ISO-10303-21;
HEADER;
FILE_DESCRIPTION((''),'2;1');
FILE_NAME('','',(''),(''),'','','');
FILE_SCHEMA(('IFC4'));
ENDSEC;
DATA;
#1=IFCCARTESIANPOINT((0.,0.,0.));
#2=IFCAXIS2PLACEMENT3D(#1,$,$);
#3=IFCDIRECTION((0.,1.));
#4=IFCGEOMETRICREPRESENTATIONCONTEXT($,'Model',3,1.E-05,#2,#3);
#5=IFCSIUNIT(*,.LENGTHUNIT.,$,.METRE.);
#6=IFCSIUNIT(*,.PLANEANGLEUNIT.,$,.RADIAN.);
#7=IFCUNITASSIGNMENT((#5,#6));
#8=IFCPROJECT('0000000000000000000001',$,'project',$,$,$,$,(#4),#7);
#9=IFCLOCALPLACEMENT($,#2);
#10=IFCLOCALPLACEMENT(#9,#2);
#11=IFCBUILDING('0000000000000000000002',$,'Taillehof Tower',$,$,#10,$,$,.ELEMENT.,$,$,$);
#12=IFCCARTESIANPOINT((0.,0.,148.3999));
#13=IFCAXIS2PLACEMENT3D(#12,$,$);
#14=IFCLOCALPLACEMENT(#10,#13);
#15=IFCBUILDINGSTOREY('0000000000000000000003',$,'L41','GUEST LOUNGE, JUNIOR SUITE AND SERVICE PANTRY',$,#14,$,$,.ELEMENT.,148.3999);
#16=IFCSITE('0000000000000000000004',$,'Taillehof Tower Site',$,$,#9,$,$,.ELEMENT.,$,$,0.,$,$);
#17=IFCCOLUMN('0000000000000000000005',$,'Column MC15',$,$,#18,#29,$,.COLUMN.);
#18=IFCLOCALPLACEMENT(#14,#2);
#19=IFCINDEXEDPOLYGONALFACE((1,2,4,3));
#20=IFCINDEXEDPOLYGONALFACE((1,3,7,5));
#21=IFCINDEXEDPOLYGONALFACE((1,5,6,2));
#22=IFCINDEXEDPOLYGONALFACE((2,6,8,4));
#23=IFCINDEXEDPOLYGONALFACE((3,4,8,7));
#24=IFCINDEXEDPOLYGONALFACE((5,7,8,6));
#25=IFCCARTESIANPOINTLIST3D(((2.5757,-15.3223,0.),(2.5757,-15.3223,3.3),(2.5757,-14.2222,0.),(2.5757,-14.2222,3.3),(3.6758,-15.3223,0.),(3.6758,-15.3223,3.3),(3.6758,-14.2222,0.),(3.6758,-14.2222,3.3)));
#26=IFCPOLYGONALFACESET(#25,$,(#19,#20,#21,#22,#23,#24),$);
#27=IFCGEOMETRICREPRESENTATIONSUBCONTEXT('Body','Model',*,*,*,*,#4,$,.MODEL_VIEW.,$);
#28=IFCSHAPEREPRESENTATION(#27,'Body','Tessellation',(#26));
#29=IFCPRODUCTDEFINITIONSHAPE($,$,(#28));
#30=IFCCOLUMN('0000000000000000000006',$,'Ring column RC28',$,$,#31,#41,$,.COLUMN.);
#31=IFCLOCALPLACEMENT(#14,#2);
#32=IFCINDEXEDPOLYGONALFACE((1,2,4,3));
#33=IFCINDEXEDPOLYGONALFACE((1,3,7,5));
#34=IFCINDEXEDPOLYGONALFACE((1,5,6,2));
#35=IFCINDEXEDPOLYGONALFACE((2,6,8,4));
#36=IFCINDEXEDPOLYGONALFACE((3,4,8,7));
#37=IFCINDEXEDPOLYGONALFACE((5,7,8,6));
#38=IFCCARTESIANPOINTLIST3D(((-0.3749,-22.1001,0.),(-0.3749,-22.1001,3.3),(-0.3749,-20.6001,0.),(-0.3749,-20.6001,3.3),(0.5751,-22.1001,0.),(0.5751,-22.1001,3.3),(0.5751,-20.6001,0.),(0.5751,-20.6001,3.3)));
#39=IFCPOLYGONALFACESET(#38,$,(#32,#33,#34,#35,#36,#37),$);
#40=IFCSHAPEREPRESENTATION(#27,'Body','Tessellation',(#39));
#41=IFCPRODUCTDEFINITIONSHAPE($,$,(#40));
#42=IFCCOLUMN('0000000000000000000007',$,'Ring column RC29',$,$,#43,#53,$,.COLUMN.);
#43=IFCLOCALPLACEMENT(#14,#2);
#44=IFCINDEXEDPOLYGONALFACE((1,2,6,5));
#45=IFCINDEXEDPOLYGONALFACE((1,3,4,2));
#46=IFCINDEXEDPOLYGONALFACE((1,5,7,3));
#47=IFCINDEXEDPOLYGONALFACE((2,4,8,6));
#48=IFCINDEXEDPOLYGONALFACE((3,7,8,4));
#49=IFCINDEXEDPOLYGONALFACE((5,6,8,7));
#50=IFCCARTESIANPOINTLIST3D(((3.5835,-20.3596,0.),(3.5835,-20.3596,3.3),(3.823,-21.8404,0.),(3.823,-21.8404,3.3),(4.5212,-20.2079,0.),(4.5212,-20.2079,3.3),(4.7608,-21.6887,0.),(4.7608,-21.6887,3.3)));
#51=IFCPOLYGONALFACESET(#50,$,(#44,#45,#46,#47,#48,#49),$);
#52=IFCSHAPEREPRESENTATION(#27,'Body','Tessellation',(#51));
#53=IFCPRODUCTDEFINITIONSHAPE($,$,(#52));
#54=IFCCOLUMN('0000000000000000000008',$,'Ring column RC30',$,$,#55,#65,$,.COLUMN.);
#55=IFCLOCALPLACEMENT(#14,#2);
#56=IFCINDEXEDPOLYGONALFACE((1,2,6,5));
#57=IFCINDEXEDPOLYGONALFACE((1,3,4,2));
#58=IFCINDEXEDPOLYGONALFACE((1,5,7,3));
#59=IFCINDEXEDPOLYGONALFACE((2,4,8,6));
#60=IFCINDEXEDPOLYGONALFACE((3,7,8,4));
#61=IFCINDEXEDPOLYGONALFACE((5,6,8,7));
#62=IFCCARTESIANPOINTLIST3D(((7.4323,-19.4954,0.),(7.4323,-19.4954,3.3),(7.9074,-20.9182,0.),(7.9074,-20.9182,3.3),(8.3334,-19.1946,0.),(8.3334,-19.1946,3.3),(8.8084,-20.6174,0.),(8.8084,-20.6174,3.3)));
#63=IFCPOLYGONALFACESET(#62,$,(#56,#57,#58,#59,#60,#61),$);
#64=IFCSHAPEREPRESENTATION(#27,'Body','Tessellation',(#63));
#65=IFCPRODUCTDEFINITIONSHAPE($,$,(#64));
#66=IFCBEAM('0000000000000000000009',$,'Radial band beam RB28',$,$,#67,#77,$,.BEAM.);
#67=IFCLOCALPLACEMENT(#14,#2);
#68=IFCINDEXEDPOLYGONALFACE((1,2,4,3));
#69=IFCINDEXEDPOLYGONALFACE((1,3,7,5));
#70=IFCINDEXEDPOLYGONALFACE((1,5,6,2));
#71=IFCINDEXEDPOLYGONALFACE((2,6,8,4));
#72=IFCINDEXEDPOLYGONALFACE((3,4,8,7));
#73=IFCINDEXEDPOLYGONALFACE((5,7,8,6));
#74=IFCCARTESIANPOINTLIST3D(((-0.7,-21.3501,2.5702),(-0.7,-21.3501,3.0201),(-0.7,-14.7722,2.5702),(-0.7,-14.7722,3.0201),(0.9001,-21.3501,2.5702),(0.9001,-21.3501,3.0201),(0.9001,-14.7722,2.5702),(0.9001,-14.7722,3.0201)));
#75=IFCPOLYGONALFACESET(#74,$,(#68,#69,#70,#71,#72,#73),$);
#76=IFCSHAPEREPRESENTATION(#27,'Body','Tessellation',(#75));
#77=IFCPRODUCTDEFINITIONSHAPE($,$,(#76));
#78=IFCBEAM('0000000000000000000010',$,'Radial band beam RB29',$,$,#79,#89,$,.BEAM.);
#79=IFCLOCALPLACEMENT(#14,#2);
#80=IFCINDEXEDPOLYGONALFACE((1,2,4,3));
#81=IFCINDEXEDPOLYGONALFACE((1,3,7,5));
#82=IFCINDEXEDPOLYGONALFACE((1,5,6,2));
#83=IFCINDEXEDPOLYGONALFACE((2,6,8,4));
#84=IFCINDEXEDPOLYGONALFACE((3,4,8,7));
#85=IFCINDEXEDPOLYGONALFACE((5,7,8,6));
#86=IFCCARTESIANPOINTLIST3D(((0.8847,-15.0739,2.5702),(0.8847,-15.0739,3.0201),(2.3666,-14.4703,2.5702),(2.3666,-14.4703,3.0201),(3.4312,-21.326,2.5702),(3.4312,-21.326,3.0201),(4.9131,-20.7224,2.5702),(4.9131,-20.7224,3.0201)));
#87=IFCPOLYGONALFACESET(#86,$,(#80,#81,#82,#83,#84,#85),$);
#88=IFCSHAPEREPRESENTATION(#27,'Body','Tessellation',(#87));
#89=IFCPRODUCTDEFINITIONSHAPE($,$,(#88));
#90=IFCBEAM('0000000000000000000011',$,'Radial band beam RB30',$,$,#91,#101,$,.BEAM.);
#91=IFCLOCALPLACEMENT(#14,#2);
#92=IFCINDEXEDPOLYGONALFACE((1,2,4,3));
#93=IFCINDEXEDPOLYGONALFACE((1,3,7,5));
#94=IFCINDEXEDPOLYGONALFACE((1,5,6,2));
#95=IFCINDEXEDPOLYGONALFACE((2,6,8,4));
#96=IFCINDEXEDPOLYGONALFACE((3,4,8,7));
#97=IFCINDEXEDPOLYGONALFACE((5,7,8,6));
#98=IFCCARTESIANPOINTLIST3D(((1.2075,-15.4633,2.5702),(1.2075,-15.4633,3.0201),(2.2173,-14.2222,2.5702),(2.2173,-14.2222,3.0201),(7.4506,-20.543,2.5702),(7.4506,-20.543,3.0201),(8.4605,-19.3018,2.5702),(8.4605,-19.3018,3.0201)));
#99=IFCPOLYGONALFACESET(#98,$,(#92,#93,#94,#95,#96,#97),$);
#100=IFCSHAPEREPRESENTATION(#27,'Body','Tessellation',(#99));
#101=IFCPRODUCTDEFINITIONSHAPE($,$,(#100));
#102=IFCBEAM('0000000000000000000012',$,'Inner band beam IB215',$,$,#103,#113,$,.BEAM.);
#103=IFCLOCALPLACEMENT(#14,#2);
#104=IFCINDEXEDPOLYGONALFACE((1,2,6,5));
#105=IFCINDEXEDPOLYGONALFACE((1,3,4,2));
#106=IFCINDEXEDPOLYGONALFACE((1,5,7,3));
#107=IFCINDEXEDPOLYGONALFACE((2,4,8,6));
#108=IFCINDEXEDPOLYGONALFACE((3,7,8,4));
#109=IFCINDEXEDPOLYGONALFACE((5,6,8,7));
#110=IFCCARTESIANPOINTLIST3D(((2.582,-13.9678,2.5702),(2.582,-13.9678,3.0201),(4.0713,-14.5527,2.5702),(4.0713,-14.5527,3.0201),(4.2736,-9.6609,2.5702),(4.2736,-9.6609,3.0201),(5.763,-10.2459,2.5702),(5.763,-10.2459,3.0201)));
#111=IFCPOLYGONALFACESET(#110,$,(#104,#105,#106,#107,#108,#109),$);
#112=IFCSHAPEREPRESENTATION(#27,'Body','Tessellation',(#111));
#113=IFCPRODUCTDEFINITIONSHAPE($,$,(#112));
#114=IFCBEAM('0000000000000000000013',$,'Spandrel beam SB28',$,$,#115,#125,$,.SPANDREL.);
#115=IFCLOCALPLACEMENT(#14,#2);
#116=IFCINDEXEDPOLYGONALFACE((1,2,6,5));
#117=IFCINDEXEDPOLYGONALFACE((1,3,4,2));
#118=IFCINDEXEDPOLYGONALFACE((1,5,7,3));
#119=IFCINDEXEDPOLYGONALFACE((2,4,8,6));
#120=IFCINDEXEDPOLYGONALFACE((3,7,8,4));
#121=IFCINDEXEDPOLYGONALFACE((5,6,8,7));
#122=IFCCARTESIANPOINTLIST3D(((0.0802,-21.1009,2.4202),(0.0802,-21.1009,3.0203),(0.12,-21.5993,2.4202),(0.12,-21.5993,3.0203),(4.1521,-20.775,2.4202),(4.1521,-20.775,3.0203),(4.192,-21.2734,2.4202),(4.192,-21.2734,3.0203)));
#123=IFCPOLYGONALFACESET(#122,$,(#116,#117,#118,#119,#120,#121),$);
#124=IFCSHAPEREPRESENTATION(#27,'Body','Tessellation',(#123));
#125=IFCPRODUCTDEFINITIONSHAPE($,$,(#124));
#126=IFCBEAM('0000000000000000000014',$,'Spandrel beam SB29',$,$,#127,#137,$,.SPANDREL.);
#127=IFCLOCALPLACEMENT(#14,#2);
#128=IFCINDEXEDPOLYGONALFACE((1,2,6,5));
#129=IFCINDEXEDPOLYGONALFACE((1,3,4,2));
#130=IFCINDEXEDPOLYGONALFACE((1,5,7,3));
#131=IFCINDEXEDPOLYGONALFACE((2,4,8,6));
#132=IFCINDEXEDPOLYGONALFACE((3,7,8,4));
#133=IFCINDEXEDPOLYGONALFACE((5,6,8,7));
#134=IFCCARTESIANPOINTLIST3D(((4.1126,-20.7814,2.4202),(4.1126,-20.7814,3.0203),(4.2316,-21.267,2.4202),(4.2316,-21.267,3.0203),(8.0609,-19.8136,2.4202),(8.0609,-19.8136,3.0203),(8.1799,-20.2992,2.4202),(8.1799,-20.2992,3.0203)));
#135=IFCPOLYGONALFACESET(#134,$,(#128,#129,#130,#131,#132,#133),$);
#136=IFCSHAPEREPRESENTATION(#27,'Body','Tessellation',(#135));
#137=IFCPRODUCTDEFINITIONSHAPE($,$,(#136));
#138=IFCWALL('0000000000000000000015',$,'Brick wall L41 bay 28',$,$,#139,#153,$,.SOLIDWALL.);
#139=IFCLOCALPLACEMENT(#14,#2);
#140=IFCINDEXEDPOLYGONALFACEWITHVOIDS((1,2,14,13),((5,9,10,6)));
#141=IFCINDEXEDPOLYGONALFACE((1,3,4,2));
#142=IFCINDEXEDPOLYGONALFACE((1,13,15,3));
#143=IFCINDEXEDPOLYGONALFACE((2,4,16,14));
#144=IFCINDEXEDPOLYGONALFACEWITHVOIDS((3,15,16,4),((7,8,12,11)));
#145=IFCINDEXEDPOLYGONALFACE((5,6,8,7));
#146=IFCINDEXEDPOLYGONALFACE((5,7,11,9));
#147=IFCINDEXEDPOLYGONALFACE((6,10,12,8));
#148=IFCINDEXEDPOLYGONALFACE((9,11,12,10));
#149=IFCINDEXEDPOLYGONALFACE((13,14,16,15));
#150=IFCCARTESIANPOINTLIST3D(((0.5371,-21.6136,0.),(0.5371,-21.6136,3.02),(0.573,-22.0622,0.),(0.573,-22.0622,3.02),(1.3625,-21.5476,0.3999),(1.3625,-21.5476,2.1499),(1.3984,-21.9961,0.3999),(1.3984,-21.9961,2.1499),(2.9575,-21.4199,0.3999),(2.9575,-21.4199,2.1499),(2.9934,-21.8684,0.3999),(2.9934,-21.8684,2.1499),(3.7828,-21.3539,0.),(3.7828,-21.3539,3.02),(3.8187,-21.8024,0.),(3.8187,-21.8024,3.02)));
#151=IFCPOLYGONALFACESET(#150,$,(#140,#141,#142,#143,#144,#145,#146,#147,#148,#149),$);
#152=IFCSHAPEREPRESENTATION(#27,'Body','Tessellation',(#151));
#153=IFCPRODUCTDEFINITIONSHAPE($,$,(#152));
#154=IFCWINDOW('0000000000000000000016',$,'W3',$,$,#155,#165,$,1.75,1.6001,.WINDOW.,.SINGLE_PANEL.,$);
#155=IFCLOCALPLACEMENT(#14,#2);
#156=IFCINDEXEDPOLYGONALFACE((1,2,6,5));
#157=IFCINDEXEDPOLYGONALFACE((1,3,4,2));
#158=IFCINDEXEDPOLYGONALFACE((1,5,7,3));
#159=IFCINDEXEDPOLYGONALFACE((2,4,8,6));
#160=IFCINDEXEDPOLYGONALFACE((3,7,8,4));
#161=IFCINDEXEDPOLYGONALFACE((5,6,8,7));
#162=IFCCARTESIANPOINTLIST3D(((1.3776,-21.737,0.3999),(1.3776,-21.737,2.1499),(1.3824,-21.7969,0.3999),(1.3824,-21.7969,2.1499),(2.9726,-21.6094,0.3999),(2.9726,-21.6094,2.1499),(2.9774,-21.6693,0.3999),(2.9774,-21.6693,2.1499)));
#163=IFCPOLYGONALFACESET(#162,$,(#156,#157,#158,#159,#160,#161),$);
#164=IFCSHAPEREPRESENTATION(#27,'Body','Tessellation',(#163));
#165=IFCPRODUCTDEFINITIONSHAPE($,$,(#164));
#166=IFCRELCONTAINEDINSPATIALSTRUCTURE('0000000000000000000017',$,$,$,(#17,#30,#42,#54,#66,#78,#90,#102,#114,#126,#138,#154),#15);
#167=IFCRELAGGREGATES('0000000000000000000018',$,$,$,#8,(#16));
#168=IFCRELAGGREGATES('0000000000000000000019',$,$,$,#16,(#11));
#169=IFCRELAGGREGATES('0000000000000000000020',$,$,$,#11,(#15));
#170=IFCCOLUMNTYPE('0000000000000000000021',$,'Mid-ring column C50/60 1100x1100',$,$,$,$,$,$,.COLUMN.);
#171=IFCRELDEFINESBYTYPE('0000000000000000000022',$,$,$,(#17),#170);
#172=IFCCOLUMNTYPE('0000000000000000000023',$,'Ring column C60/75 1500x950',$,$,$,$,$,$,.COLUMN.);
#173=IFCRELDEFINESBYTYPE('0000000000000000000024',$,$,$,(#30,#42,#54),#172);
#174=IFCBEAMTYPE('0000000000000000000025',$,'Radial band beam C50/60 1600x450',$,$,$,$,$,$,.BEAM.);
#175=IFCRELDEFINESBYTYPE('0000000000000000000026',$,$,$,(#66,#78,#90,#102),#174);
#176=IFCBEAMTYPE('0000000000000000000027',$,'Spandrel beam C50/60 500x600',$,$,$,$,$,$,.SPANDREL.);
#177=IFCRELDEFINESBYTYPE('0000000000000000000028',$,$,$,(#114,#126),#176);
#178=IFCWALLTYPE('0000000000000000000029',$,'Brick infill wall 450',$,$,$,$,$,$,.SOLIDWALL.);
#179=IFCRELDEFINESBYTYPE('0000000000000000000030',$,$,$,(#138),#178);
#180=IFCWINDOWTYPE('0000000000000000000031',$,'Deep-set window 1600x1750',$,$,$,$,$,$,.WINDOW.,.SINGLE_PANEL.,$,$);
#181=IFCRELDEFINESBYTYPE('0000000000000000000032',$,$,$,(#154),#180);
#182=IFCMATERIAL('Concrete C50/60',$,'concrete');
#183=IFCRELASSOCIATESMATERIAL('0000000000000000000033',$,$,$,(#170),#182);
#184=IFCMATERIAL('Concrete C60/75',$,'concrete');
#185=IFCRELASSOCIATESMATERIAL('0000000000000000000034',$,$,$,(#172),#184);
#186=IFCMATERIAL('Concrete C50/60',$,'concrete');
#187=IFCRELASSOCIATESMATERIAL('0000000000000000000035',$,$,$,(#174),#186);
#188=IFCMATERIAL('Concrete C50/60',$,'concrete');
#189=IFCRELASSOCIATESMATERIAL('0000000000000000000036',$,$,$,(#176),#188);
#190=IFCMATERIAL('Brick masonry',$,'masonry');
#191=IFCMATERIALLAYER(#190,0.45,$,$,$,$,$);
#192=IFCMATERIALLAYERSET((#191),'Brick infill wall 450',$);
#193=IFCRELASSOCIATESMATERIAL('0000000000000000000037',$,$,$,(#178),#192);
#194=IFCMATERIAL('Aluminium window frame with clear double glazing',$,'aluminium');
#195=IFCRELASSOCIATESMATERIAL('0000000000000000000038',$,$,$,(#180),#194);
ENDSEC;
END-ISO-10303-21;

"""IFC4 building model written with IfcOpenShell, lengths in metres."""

from ifc_helpers import new_model, si_unit, direction, frame, frame_2d, origin, origin_2d, place, context, subcontext, project, spatial, rectangle, extrude, material, layer, layer_set, material_profile, profile_set, type_object, element, fill, save


model = new_model("IFC4")

# Units and contexts
model_context = context("Model", 3, precision=1e-05, world=origin(), true_north=direction((0.0, 1.0)))
body_context = subcontext(model_context, "Body", "Model", "MODEL_VIEW")
ifc_project = project(units=[si_unit("LENGTHUNIT", "METRE"), si_unit("PLANEANGLEUNIT", "RADIAN")], contexts=[model_context])

# Site, building, storey
site_placement = place(None, origin())
site = spatial("IfcSite", under=ifc_project, at=site_placement, Name="Taillehof Tower Site", CompositionType="ELEMENT", RefElevation=0.0)
building_placement = place(site_placement, origin())
building = spatial("IfcBuilding", under=site, at=building_placement, Name="Taillehof Tower", CompositionType="ELEMENT")
storey_placement = place(building_placement, frame((0.0, 0.0, 148.3999)))
storey = spatial("IfcBuildingStorey", under=building, at=storey_placement, Name="L41", Description="GUEST LOUNGE, JUNIOR SUITE AND SERVICE PANTRY", CompositionType="ELEMENT", Elevation=148.3999)

# Columns
ifc_material_1 = material(Name="Concrete C50/60", Category="concrete")
ifc_material_profile_1 = material_profile(ifc_material_1, rectangle(XDim=1.1001, YDim=1.1001, at=origin_2d()), Name="RC 1100x1100")
ifc_profile_set_1 = profile_set([ifc_material_profile_1], Name="Concrete C50/60")
column_type_1 = type_object("IfcColumnType", Name="Mid-ring column C50/60 1100x1100", PredefinedType="COLUMN", material=ifc_profile_set_1)
column_placement = place(storey_placement, frame((3.1257, -14.7722, 0.0), z_axis=(0.0, 0.0, 1.0), x_axis=(1.0, 0.0, 0.0)))
element("IfcColumn", 1, at=column_placement, inside=storey, type_object=column_type_1, Name="Column MC15", PredefinedType="COLUMN", context=body_context, shape_type="SweptSolid", body=[
    extrude(rectangle(XDim=1.1001, YDim=1.1001, at=origin_2d()), origin(), (0.0, 0.0, 1.0), 3.3),
])
ifc_material_2 = material(Name="Concrete C60/75", Category="concrete")
ifc_material_profile_2 = material_profile(ifc_material_2, rectangle(XDim=1.5, YDim=0.95, at=origin_2d()), Name="RC 1500x950")
ifc_profile_set_2 = profile_set([ifc_material_profile_2], Name="Concrete C60/75")
column_type_2 = type_object("IfcColumnType", Name="Ring column C60/75 1500x950", PredefinedType="COLUMN", material=ifc_profile_set_2)
for number, where, z_axis, x_axis, name in (
    (2, (0.1001, -21.3501, 0.0), (0.0, 0.0, 1.0), (0.0, -1.0, 0.0), "Ring column RC28"),
    (3, (4.1721, -21.0242, 0.0), (0.0, 0.0, 1.0), (0.159679, -0.987169, 0.0), "Ring column RC29"),
    (4, (8.1204, -20.0564, 0.0), (0.0, 0.0, 1.0), (0.316703, -0.948525, 0.0), "Ring column RC30"),
):
    element("IfcColumn", number, at=place(storey_placement, frame(where, z_axis=z_axis, x_axis=x_axis)), inside=storey, type_object=column_type_2, Name=name, PredefinedType="COLUMN", context=body_context, shape_type="SweptSolid", body=[
        extrude(rectangle(XDim=1.5, YDim=0.95, at=origin_2d()), origin(), (0.0, 0.0, 1.0), 3.3),
    ])

# Beams
ifc_material_3 = material(Name="Concrete C50/60", Category="concrete")
ifc_material_profile_3 = material_profile(ifc_material_3, rectangle(XDim=1.6001, YDim=0.45, at=origin_2d()), Name="RC 1600x450")
ifc_profile_set_3 = profile_set([ifc_material_profile_3], Name="Concrete C50/60")
beam_type_1 = type_object("IfcBeamType", Name="Radial band beam C50/60 1600x450", PredefinedType="BEAM", material=ifc_profile_set_3)
beam_1_placement = place(storey_placement, frame((0.1001, -21.3501, 2.7952), z_axis=(0.0, 1.0, 0.0), x_axis=(-1.0, 0.0, 0.0)))
element("IfcBeam", 5, at=beam_1_placement, inside=storey, type_object=beam_type_1, Name="Radial band beam RB28", PredefinedType="BEAM", context=body_context, shape_type="SweptSolid", body=[
    extrude(rectangle(XDim=1.6001, YDim=0.45, at=origin_2d()), origin(), (0.0, 0.0, 1.0), 6.5779),
])
beam_2_placement = place(storey_placement, frame((4.1721, -21.0242, 2.7952), z_axis=(-0.377207, 0.926129, 0.0), x_axis=(-0.926129, -0.377207, 0.0)))
element("IfcBeam", 6, at=beam_2_placement, inside=storey, type_object=beam_type_1, Name="Radial band beam RB29", PredefinedType="BEAM", context=body_context, shape_type="SweptSolid", body=[
    extrude(rectangle(XDim=1.6001, YDim=0.45, at=origin_2d()), origin(), (0.0, 0.0, 1.0), 6.7507),
])
beam_3_placement = place(storey_placement, frame((7.9556, -19.9224, 2.7952), z_axis=(-0.775687, 0.631118, 0.0), x_axis=(-0.631118, -0.775687, 0.0)))
element("IfcBeam", 7, at=beam_3_placement, inside=storey, type_object=beam_type_1, Name="Radial band beam RB30", PredefinedType="BEAM", context=body_context, shape_type="SweptSolid", body=[
    extrude(rectangle(XDim=1.6001, YDim=0.45, at=origin_2d()), origin(), (0.0, 0.0, 1.0), 8.0486),
])
beam_4_placement = place(storey_placement, frame((3.3267, -14.2603, 2.7952), z_axis=(0.365589, 0.930777, 0.0), x_axis=(-0.930777, 0.365589, 0.0)))
element("IfcBeam", 8, at=beam_4_placement, inside=storey, type_object=beam_type_1, Name="Inner band beam IB215", PredefinedType="BEAM", context=body_context, shape_type="SweptSolid", body=[
    extrude(rectangle(XDim=1.6001, YDim=0.45, at=origin_2d()), origin(), (0.0, 0.0, 1.0), 4.6272),
])
ifc_material_4 = material(Name="Concrete C50/60", Category="concrete")
ifc_material_profile_4 = material_profile(ifc_material_4, rectangle(XDim=0.5, YDim=0.6001, at=origin_2d()), Name="RC 500x600")
ifc_profile_set_4 = profile_set([ifc_material_profile_4], Name="Concrete C50/60")
beam_type_2 = type_object("IfcBeamType", Name="Spandrel beam C50/60 500x600", PredefinedType="SPANDREL", material=ifc_profile_set_4)
beam_5_placement = place(storey_placement, frame((0.1001, -21.3501, 2.7202), z_axis=(0.996812, 0.079786, 0.0), x_axis=(-0.079786, 0.996812, 0.0)))
element("IfcBeam", 9, at=beam_5_placement, inside=storey, type_object=beam_type_2, Name="Spandrel beam SB28", PredefinedType="SPANDREL", context=body_context, shape_type="SweptSolid", body=[
    extrude(rectangle(XDim=0.5, YDim=0.6001, at=origin_2d()), origin(), (0.0, 0.0, 1.0), 4.085),
])
beam_6_placement = place(storey_placement, frame((4.1721, -21.0242, 2.7202), z_axis=(0.971249, 0.238068, 0.0), x_axis=(-0.238068, 0.971249, 0.0)))
element("IfcBeam", 10, at=beam_6_placement, inside=storey, type_object=beam_type_2, Name="Spandrel beam SB29", PredefinedType="SPANDREL", context=body_context, shape_type="SweptSolid", body=[
    extrude(rectangle(XDim=0.5, YDim=0.6001, at=origin_2d()), origin(), (0.0, 0.0, 1.0), 4.0652),
])

# Wall, opening, window
ifc_material_5 = material(Name="Brick masonry", Category="masonry")
ifc_layer_1 = layer(ifc_material_5, 0.45)
ifc_layer_set_1 = layer_set([ifc_layer_1], Name="Brick infill wall 450")
wall_type_1 = type_object("IfcWallType", Name="Brick infill wall 450", PredefinedType="SOLIDWALL", material=ifc_layer_set_1)
wall_1_placement = place(storey_placement, frame((0.5552, -21.8379, 0.0), z_axis=(0.0, 0.0, 1.0), x_axis=(0.996812, 0.079781, 0.0)))
wall_1 = element("IfcWall", 11, at=wall_1_placement, inside=storey, type_object=wall_type_1, Name="Brick wall L41 bay 28", PredefinedType="SOLIDWALL", context=body_context, shape_type="SweptSolid", body=[
    extrude(rectangle(XDim=3.2561, YDim=0.45, at=frame_2d((1.6279, 0.0))), origin(), (0.0, 0.0, 1.0), 3.02),
])
opening_1_placement = place(wall_1_placement, frame((0.8279, 0.0, 0.3999)))
opening_1 = element("IfcOpeningElement", 12, at=opening_1_placement, cuts=wall_1, PredefinedType="OPENING", context=body_context, shape_type="SweptSolid", body=[
    extrude(rectangle(XDim=1.6001, YDim=1.75, at=frame_2d((0.8, 0.875))), frame((0.0, 0.2349, 0.0), z_axis=(0.0, -1.0, 0.0), x_axis=(1.0, 0.0, 0.0)), (0.0, 0.0, 1.0), 0.47),
])
ifc_material_6 = material(Name="Aluminium window frame with clear double glazing", Category="aluminium")
window_type = type_object("IfcWindowType", Name="Deep-set window 1600x1750", PartitioningType="SINGLE_PANEL", PredefinedType="WINDOW", material=ifc_material_6)
window_1_placement = place(opening_1_placement, origin())
window_1 = element("IfcWindow", 13, at=window_1_placement, inside=storey, type_object=window_type, Name="W3", OverallHeight=1.75, OverallWidth=1.6001, PartitioningType="SINGLE_PANEL", PredefinedType="WINDOW", context=body_context, shape_type="SweptSolid", body=[
    extrude(rectangle(XDim=1.6001, YDim=1.75, at=frame_2d((0.8, 0.875))), frame((0.0, 0.0349, 0.0), z_axis=(0.0, -1.0, 0.0), x_axis=(1.0, 0.0, 0.0)), (0.0, 0.0, 1.0), 0.0601),
])
fill(opening_1, window_1)

save(model, "model.ifc")
